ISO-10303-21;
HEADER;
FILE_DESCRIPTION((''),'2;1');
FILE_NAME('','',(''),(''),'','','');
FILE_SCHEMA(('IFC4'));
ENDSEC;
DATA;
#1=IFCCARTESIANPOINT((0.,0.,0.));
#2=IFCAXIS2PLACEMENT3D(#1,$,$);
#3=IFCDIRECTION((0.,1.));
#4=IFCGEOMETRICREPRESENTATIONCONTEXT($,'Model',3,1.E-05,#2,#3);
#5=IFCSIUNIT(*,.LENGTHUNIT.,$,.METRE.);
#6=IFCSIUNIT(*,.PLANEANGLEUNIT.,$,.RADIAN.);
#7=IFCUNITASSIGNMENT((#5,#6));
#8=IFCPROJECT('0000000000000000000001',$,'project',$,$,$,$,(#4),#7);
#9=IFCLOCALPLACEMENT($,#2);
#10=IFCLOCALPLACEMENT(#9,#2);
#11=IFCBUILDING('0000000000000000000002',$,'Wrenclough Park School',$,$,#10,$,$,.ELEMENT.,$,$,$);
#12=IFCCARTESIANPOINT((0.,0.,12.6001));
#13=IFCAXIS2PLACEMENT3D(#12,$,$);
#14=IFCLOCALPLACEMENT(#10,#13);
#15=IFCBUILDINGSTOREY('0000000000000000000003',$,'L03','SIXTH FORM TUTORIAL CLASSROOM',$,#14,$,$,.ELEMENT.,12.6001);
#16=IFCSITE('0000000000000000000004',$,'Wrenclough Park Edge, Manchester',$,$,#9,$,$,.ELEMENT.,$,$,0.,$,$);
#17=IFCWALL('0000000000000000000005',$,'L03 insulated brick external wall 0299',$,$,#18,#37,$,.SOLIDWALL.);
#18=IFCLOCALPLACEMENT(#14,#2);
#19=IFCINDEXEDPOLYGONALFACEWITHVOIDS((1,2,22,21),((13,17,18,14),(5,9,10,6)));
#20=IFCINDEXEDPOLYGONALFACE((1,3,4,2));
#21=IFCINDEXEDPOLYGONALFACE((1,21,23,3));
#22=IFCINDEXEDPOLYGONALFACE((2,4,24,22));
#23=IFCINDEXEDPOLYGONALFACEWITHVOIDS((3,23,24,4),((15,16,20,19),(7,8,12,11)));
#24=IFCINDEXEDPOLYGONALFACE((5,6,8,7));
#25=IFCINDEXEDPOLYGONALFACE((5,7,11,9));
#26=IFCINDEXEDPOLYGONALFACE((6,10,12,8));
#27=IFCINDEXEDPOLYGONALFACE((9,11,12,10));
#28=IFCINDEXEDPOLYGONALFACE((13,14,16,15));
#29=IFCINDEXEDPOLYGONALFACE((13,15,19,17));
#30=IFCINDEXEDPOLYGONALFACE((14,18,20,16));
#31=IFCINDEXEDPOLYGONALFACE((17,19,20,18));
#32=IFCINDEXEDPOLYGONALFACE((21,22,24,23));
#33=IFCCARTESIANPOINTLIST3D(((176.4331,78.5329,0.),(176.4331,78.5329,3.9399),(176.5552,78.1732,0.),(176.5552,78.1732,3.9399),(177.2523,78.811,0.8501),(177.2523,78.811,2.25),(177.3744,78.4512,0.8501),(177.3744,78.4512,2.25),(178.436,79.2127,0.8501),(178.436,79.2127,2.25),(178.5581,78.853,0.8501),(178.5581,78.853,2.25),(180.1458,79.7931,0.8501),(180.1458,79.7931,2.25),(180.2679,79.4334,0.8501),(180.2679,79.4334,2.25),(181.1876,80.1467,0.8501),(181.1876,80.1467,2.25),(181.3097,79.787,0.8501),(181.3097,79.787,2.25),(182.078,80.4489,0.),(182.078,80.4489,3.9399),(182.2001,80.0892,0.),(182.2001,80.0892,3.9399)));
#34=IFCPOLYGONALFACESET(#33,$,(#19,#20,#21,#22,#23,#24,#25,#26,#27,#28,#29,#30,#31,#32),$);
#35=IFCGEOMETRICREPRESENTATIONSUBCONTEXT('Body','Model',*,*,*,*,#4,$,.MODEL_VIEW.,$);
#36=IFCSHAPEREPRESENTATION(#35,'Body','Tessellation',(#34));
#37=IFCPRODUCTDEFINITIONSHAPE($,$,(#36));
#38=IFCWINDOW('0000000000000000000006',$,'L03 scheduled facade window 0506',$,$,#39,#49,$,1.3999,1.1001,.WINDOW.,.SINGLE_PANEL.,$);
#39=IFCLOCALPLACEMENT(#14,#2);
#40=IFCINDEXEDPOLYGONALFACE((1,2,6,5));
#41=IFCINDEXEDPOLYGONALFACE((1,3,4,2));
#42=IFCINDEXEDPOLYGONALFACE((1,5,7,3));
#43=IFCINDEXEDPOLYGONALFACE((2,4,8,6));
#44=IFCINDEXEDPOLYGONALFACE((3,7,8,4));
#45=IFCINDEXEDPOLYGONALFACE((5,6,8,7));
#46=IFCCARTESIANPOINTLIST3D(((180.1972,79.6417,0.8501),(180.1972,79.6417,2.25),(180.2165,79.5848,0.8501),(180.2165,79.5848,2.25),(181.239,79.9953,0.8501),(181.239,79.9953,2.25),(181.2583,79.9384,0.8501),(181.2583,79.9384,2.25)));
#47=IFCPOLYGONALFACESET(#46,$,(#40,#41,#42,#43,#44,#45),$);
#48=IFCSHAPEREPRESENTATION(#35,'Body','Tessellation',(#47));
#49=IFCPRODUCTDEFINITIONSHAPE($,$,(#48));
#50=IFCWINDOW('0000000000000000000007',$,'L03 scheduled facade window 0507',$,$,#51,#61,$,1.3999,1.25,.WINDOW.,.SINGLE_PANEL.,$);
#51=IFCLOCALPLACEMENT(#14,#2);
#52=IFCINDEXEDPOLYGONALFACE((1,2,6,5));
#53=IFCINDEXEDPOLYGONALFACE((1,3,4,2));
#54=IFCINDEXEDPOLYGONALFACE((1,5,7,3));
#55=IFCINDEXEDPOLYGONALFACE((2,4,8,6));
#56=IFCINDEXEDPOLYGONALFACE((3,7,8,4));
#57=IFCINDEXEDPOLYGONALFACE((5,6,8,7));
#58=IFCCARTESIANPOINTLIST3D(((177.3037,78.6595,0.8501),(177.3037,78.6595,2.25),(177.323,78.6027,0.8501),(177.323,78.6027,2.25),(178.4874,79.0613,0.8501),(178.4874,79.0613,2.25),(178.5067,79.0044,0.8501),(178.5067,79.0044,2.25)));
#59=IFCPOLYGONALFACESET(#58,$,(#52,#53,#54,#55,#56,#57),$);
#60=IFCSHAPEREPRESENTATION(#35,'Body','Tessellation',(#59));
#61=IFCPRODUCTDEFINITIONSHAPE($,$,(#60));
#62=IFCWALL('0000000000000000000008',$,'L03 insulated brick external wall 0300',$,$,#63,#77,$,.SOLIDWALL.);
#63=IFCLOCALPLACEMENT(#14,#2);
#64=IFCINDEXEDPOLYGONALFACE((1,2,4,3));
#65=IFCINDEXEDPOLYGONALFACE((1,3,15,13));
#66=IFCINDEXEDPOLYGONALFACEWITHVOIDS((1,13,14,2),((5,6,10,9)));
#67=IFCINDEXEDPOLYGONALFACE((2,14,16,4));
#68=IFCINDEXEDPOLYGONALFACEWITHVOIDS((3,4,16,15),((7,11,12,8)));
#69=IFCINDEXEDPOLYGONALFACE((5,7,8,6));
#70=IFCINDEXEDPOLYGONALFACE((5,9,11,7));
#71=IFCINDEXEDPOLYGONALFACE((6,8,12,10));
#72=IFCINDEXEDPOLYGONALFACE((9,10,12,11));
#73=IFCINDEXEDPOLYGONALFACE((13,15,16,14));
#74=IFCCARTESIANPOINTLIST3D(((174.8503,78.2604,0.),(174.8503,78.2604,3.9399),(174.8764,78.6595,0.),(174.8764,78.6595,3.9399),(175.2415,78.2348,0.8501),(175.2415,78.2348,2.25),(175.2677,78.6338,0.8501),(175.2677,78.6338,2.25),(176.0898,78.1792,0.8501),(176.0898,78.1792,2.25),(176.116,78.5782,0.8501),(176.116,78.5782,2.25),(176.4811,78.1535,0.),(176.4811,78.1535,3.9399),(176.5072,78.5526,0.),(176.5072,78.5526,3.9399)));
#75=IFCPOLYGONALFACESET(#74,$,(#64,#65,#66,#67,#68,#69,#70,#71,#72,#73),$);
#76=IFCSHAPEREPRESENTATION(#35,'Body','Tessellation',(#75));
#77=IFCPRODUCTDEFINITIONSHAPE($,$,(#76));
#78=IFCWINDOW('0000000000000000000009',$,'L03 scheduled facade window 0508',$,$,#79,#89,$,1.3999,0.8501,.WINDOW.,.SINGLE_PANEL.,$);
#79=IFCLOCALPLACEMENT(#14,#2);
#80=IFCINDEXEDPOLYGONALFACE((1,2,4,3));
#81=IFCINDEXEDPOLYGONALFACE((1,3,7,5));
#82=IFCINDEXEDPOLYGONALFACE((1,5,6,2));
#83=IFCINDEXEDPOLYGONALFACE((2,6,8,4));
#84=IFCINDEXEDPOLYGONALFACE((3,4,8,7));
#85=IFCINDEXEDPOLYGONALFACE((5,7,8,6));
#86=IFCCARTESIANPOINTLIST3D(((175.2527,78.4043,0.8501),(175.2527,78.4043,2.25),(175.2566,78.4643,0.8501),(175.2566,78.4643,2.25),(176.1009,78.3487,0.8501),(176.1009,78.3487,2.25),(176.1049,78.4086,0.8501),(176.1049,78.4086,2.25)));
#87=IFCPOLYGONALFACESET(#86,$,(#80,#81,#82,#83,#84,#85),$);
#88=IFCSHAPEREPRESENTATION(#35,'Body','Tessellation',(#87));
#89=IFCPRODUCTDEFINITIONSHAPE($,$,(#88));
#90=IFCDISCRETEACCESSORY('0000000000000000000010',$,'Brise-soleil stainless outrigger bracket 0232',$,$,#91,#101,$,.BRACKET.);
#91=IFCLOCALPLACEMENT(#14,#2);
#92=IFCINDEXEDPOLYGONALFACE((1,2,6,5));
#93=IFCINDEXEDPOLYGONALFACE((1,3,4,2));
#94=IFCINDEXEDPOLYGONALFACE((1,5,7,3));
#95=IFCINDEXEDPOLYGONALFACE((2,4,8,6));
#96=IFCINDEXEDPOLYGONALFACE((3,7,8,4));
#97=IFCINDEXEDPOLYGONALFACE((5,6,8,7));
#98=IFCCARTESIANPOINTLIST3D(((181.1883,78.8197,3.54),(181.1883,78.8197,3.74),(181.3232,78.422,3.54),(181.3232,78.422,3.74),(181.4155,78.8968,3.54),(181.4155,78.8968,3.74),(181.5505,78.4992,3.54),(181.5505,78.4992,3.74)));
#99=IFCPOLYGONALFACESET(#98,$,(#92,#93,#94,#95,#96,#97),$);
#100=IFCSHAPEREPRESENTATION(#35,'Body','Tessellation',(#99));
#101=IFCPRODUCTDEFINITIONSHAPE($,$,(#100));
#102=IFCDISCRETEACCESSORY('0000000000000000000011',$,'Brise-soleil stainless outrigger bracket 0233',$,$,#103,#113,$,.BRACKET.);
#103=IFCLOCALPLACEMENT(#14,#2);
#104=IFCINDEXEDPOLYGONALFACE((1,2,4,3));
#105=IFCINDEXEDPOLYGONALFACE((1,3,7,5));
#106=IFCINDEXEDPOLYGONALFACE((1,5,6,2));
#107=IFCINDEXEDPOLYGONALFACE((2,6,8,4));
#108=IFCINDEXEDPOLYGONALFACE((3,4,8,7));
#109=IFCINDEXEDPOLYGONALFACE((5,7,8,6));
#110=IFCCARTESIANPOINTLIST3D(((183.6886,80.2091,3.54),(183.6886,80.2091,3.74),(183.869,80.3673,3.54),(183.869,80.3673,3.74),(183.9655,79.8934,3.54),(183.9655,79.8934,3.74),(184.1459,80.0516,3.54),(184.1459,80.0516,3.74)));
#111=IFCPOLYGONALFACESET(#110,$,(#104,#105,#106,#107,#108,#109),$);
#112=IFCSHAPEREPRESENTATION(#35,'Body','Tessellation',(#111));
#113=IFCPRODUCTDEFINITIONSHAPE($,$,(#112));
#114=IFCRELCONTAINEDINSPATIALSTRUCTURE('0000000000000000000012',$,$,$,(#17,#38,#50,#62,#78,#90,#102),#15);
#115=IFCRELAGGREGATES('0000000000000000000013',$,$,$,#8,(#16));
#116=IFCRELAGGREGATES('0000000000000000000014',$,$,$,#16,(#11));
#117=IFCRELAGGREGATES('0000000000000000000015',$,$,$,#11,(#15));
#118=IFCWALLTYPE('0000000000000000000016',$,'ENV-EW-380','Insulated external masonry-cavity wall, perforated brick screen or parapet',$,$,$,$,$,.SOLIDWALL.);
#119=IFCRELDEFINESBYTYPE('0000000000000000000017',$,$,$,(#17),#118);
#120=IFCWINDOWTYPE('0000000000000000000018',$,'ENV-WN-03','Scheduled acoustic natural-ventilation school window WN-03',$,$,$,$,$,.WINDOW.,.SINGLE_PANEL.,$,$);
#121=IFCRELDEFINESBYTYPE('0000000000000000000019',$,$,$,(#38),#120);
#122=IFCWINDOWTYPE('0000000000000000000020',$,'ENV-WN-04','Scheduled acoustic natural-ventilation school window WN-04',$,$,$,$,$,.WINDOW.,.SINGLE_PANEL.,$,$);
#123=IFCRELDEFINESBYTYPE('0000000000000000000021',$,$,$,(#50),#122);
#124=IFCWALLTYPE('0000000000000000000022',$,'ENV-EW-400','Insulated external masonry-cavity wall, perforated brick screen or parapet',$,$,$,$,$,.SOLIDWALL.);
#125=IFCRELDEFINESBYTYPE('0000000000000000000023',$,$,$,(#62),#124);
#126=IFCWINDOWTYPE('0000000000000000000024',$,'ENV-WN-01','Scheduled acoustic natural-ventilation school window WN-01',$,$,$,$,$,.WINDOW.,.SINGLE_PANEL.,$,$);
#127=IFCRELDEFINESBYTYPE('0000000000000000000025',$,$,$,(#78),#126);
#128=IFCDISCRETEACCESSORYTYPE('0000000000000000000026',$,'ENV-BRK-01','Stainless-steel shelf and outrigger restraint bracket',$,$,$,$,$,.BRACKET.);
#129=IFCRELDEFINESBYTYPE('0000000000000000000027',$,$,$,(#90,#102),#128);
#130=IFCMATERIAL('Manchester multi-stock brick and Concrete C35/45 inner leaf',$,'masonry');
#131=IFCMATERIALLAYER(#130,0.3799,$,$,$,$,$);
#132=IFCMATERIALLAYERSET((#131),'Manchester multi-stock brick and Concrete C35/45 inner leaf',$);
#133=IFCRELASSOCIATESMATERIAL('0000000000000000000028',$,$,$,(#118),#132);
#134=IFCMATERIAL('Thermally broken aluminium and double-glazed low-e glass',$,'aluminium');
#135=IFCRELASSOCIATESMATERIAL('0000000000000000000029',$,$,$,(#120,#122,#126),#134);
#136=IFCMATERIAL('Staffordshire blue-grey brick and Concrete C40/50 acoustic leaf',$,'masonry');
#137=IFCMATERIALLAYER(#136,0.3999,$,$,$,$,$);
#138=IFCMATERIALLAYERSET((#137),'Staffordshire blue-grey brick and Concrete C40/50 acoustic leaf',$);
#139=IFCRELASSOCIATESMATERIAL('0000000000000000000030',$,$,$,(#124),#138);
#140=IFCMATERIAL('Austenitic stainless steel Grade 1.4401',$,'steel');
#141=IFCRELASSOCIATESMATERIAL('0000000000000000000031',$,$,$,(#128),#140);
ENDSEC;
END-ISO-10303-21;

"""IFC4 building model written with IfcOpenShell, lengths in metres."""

from ifc_helpers import new_model, si_unit, direction, frame, frame_2d, origin, origin_2d, place, context, subcontext, project, spatial, rectangle, extrude, material, layer, layer_set, type_object, element, fill, save


model = new_model("IFC4")

# Units and contexts
model_context = context("Model", 3, precision=1e-05, world=origin(), true_north=direction((0.0, 1.0)))
body_context = subcontext(model_context, "Body", "Model", "MODEL_VIEW")
ifc_project = project(units=[si_unit("LENGTHUNIT", "METRE"), si_unit("PLANEANGLEUNIT", "RADIAN")], contexts=[model_context])

# Site, building, storey
site_placement = place(None, origin())
site = spatial("IfcSite", under=ifc_project, at=site_placement, Name="Wrenclough Park Edge, Manchester", CompositionType="ELEMENT", RefElevation=0.0)
building_placement = place(site_placement, origin())
building = spatial("IfcBuilding", under=site, at=building_placement, Name="Wrenclough Park School", CompositionType="ELEMENT")
storey_placement = place(building_placement, frame((0.0, 0.0, 12.6001)))
storey = spatial("IfcBuildingStorey", under=building, at=storey_placement, Name="L03", Description="SIXTH FORM TUTORIAL CLASSROOM", CompositionType="ELEMENT", Elevation=12.6001)

# Wall, openings, windows
ifc_material_1 = material(Name="Manchester multi-stock brick and Concrete C35/45 inner leaf", Category="masonry")
ifc_layer_1 = layer(ifc_material_1, 0.3799)
ifc_layer_set_1 = layer_set([ifc_layer_1], Name="Manchester multi-stock brick and Concrete C35/45 inner leaf")
wall_type_1 = type_object("IfcWallType", Name="ENV-EW-380", Description="Insulated external masonry-cavity wall, perforated brick screen or parapet", PredefinedType="SOLIDWALL", material=ifc_layer_set_1)
wall_1_placement = place(storey_placement, frame((182.1389, 80.269, 0.0), z_axis=(0.0, 0.0, 1.0), x_axis=(-0.946937, -0.32142, 0.0)))
wall_1 = element("IfcWall", 1, at=wall_1_placement, inside=storey, type_object=wall_type_1, Name="L03 insulated brick external wall 0299", PredefinedType="SOLIDWALL", context=body_context, shape_type="SweptSolid", body=[
    extrude(rectangle(XDim=5.9612, YDim=0.3799, at=frame_2d((2.9805, 0.0))), origin(), (0.0, 0.0, 1.0), 3.9399),
])
opening_1_placement = place(wall_1_placement, frame((0.9402, 0.0, 0.8501)))
opening_1 = element("IfcOpeningElement", 2, at=opening_1_placement, cuts=wall_1, PredefinedType="OPENING", context=body_context, shape_type="SweptSolid", body=[
    extrude(rectangle(XDim=1.1001, YDim=1.3999, at=frame_2d((0.55, 0.7))), frame((0.0, 0.2, 0.0), z_axis=(0.0, -1.0, 0.0), x_axis=(1.0, 0.0, 0.0)), (0.0, 0.0, 1.0), 0.3999),
])
opening_2_placement = place(wall_1_placement, frame((3.8459, 0.0, 0.8501)))
opening_2 = element("IfcOpeningElement", 3, at=opening_2_placement, cuts=wall_1, PredefinedType="OPENING", context=body_context, shape_type="SweptSolid", body=[
    extrude(rectangle(XDim=1.25, YDim=1.3999, at=frame_2d((0.625, 0.7))), frame((0.0, 0.2, 0.0), z_axis=(0.0, -1.0, 0.0), x_axis=(1.0, 0.0, 0.0)), (0.0, 0.0, 1.0), 0.3999),
])
ifc_material_2 = material(Name="Thermally broken aluminium and double-glazed low-e glass", Category="aluminium")
window_type_1 = type_object("IfcWindowType", Name="ENV-WN-03", Description="Scheduled acoustic natural-ventilation school window WN-03", PartitioningType="SINGLE_PANEL", PredefinedType="WINDOW", material=ifc_material_2)
window_1_placement = place(opening_1_placement, origin())
window_1 = element("IfcWindow", 4, at=window_1_placement, inside=storey, type_object=window_type_1, Name="L03 scheduled facade window 0506", OverallHeight=1.3999, OverallWidth=1.1001, PartitioningType="SINGLE_PANEL", PredefinedType="WINDOW", context=body_context, shape_type="SweptSolid", body=[
    extrude(rectangle(XDim=1.1001, YDim=1.3999, at=frame_2d((0.55, 0.7))), frame((0.0, 0.03, 0.0), z_axis=(0.0, -1.0, 0.0), x_axis=(1.0, 0.0, 0.0)), (0.0, 0.0, 1.0), 0.0601),
])
fill(opening_1, window_1)
window_type_2 = type_object("IfcWindowType", Name="ENV-WN-04", Description="Scheduled acoustic natural-ventilation school window WN-04", PartitioningType="SINGLE_PANEL", PredefinedType="WINDOW", material=ifc_material_2)
window_2_placement = place(opening_2_placement, origin())
window_2 = element("IfcWindow", 5, at=window_2_placement, inside=storey, type_object=window_type_2, Name="L03 scheduled facade window 0507", OverallHeight=1.3999, OverallWidth=1.25, PartitioningType="SINGLE_PANEL", PredefinedType="WINDOW", context=body_context, shape_type="SweptSolid", body=[
    extrude(rectangle(XDim=1.25, YDim=1.3999, at=frame_2d((0.625, 0.7))), frame((0.0, 0.03, 0.0), z_axis=(0.0, -1.0, 0.0), x_axis=(1.0, 0.0, 0.0)), (0.0, 0.0, 1.0), 0.0601),
])
fill(opening_2, window_2)

# Wall, opening, window
ifc_material_3 = material(Name="Staffordshire blue-grey brick and Concrete C40/50 acoustic leaf", Category="masonry")
ifc_layer_2 = layer(ifc_material_3, 0.3999)
ifc_layer_set_2 = layer_set([ifc_layer_2], Name="Staffordshire blue-grey brick and Concrete C40/50 acoustic leaf")
wall_type_2 = type_object("IfcWallType", Name="ENV-EW-400", Description="Insulated external masonry-cavity wall, perforated brick screen or parapet", PredefinedType="SOLIDWALL", material=ifc_layer_set_2)
wall_2_placement = place(storey_placement, frame((176.4941, 78.353, 0.0), z_axis=(0.0, 0.0, 1.0), x_axis=(-0.997857, 0.065428, 0.0)))
wall_2 = element("IfcWall", 6, at=wall_2_placement, inside=storey, type_object=wall_type_2, Name="L03 insulated brick external wall 0300", PredefinedType="SOLIDWALL", context=body_context, shape_type="SweptSolid", body=[
    extrude(rectangle(XDim=1.6343, YDim=0.3999, at=frame_2d((0.8171, 0.0))), origin(), (0.0, 0.0, 1.0), 3.9399),
])
opening_3_placement = place(wall_2_placement, frame((0.3921, 0.0, 0.8501)))
opening_3 = element("IfcOpeningElement", 7, at=opening_3_placement, cuts=wall_2, PredefinedType="OPENING", context=body_context, shape_type="SweptSolid", body=[
    extrude(rectangle(XDim=0.8501, YDim=1.3999, at=frame_2d((0.425, 0.7))), frame((0.0, 0.21, 0.0), z_axis=(0.0, -1.0, 0.0), x_axis=(1.0, 0.0, 0.0)), (0.0, 0.0, 1.0), 0.4199),
])
window_type_3 = type_object("IfcWindowType", Name="ENV-WN-01", Description="Scheduled acoustic natural-ventilation school window WN-01", PartitioningType="SINGLE_PANEL", PredefinedType="WINDOW", material=ifc_material_2)
window_3_placement = place(opening_3_placement, origin())
window_3 = element("IfcWindow", 8, at=window_3_placement, inside=storey, type_object=window_type_3, Name="L03 scheduled facade window 0508", OverallHeight=1.3999, OverallWidth=0.8501, PartitioningType="SINGLE_PANEL", PredefinedType="WINDOW", context=body_context, shape_type="SweptSolid", body=[
    extrude(rectangle(XDim=0.8501, YDim=1.3999, at=frame_2d((0.425, 0.7))), frame((0.0, 0.03, 0.0), z_axis=(0.0, -1.0, 0.0), x_axis=(1.0, 0.0, 0.0)), (0.0, 0.0, 1.0), 0.0601),
])
fill(opening_3, window_3)

# Discrete accessories
ifc_material_4 = material(Name="Austenitic stainless steel Grade 1.4401", Category="steel")
discrete_accessory_type = type_object("IfcDiscreteAccessoryType", Name="ENV-BRK-01", Description="Stainless-steel shelf and outrigger restraint bracket", PredefinedType="BRACKET", material=ifc_material_4)
for number, where, z_axis, x_axis, name in (
    (9, (181.3694, 78.6594, 3.54), (0.0, 0.0, 1.0), (0.946934, 0.321427, 0.0), "Brise-soleil stainless outrigger bracket 0232"),
    (10, (183.9172, 80.1304, 3.54), (0.0, 0.0, 1.0), (0.751839, 0.659347, 0.0), "Brise-soleil stainless outrigger bracket 0233"),
):
    element("IfcDiscreteAccessory", number, at=place(storey_placement, frame(where, z_axis=z_axis, x_axis=x_axis)), inside=storey, type_object=discrete_accessory_type, Name=name, PredefinedType="BRACKET", context=body_context, shape_type="SweptSolid", body=[
        extrude(rectangle(XDim=0.24, YDim=0.4199, at=origin_2d()), origin(), (0.0, 0.0, 1.0), 0.2),
    ])

save(model, "model.ifc")
